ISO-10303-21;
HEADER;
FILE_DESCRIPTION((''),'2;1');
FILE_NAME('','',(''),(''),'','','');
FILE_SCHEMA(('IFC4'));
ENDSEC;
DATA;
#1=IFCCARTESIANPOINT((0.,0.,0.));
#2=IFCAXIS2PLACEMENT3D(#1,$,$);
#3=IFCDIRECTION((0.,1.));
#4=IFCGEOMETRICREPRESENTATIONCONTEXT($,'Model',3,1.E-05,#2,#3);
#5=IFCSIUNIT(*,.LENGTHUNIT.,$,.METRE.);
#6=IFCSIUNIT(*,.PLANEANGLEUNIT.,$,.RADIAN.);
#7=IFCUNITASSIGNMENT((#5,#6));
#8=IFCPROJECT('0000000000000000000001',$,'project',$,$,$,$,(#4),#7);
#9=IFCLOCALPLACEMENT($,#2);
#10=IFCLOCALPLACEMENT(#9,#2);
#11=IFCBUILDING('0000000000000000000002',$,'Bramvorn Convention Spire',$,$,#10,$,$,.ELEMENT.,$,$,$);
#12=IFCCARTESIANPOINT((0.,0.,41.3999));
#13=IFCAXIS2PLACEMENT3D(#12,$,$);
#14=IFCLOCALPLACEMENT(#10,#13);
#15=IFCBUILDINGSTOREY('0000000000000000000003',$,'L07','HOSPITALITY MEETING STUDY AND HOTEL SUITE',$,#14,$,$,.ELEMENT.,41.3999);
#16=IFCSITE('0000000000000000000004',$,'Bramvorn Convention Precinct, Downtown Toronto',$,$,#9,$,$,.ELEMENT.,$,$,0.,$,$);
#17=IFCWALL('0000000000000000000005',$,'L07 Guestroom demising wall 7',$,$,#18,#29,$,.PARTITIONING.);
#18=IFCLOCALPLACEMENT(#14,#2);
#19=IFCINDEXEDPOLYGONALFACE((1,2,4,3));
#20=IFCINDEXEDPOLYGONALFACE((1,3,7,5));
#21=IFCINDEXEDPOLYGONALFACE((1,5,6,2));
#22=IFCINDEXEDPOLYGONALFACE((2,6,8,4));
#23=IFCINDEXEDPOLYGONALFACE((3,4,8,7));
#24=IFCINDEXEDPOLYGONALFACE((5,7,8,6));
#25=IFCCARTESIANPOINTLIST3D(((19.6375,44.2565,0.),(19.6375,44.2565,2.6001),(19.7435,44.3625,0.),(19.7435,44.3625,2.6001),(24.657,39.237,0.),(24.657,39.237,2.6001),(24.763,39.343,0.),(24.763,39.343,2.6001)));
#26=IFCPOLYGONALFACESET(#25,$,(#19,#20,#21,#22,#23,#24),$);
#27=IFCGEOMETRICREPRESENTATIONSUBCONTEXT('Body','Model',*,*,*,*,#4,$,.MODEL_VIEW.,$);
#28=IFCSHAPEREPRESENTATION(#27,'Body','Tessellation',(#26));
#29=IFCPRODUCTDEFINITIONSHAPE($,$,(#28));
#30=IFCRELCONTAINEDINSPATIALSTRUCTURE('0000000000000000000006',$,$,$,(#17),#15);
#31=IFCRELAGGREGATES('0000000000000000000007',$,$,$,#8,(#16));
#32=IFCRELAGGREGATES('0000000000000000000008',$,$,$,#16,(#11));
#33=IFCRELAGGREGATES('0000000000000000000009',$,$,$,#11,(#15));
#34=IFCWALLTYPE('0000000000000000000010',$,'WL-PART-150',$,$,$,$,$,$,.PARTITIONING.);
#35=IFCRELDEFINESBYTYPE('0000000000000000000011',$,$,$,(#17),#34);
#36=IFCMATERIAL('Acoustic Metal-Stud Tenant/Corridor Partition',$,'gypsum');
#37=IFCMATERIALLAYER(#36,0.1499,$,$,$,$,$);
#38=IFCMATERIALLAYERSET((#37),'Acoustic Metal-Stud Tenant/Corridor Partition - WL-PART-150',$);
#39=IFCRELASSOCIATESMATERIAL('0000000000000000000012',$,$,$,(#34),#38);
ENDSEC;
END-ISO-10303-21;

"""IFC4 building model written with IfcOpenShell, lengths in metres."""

from ifc_helpers import new_model, si_unit, direction, frame, frame_2d, origin, place, context, subcontext, project, spatial, rectangle, extrude, material, layer, layer_set, type_object, element, save


model = new_model("IFC4")

# Units and contexts
model_context = context("Model", 3, precision=1e-05, world=origin(), true_north=direction((0.0, 1.0)))
body_context = subcontext(model_context, "Body", "Model", "MODEL_VIEW")
ifc_project = project(units=[si_unit("LENGTHUNIT", "METRE"), si_unit("PLANEANGLEUNIT", "RADIAN")], contexts=[model_context])

# Site, building, storey
site_placement = place(None, origin())
site = spatial("IfcSite", under=ifc_project, at=site_placement, Name="Bramvorn Convention Precinct, Downtown Toronto", CompositionType="ELEMENT", RefElevation=0.0)
building_placement = place(site_placement, origin())
building = spatial("IfcBuilding", under=site, at=building_placement, Name="Bramvorn Convention Spire", CompositionType="ELEMENT")
storey_placement = place(building_placement, frame((0.0, 0.0, 41.3999)))
storey = spatial("IfcBuildingStorey", under=building, at=storey_placement, Name="L07", Description="HOSPITALITY MEETING STUDY AND HOTEL SUITE", CompositionType="ELEMENT", Elevation=41.3999)

# Wall
ifc_material_1 = material(Name="Acoustic Metal-Stud Tenant/Corridor Partition", Category="gypsum")
ifc_layer_1 = layer(ifc_material_1, 0.1499)
ifc_layer_set_1 = layer_set([ifc_layer_1], Name="Acoustic Metal-Stud Tenant/Corridor Partition - WL-PART-150")
wall_type_1 = type_object("IfcWallType", Name="WL-PART-150", PredefinedType="PARTITIONING", material=ifc_layer_set_1)
wall_1_placement = place(storey_placement, frame((24.71, 39.29, 0.0), z_axis=(0.0, 0.0, 1.0), x_axis=(-0.707107, 0.707107, 0.0)))
element("IfcWall", 1, at=wall_1_placement, inside=storey, type_object=wall_type_1, Name="L07 Guestroom demising wall 7", PredefinedType="PARTITIONING", context=body_context, shape_type="SweptSolid", body=[
    extrude(rectangle(XDim=7.0986, YDim=0.1499, at=frame_2d((3.5493, 0.0))), origin(), (0.0, 0.0, 1.0), 2.6001),
])

save(model, "model.ifc")
